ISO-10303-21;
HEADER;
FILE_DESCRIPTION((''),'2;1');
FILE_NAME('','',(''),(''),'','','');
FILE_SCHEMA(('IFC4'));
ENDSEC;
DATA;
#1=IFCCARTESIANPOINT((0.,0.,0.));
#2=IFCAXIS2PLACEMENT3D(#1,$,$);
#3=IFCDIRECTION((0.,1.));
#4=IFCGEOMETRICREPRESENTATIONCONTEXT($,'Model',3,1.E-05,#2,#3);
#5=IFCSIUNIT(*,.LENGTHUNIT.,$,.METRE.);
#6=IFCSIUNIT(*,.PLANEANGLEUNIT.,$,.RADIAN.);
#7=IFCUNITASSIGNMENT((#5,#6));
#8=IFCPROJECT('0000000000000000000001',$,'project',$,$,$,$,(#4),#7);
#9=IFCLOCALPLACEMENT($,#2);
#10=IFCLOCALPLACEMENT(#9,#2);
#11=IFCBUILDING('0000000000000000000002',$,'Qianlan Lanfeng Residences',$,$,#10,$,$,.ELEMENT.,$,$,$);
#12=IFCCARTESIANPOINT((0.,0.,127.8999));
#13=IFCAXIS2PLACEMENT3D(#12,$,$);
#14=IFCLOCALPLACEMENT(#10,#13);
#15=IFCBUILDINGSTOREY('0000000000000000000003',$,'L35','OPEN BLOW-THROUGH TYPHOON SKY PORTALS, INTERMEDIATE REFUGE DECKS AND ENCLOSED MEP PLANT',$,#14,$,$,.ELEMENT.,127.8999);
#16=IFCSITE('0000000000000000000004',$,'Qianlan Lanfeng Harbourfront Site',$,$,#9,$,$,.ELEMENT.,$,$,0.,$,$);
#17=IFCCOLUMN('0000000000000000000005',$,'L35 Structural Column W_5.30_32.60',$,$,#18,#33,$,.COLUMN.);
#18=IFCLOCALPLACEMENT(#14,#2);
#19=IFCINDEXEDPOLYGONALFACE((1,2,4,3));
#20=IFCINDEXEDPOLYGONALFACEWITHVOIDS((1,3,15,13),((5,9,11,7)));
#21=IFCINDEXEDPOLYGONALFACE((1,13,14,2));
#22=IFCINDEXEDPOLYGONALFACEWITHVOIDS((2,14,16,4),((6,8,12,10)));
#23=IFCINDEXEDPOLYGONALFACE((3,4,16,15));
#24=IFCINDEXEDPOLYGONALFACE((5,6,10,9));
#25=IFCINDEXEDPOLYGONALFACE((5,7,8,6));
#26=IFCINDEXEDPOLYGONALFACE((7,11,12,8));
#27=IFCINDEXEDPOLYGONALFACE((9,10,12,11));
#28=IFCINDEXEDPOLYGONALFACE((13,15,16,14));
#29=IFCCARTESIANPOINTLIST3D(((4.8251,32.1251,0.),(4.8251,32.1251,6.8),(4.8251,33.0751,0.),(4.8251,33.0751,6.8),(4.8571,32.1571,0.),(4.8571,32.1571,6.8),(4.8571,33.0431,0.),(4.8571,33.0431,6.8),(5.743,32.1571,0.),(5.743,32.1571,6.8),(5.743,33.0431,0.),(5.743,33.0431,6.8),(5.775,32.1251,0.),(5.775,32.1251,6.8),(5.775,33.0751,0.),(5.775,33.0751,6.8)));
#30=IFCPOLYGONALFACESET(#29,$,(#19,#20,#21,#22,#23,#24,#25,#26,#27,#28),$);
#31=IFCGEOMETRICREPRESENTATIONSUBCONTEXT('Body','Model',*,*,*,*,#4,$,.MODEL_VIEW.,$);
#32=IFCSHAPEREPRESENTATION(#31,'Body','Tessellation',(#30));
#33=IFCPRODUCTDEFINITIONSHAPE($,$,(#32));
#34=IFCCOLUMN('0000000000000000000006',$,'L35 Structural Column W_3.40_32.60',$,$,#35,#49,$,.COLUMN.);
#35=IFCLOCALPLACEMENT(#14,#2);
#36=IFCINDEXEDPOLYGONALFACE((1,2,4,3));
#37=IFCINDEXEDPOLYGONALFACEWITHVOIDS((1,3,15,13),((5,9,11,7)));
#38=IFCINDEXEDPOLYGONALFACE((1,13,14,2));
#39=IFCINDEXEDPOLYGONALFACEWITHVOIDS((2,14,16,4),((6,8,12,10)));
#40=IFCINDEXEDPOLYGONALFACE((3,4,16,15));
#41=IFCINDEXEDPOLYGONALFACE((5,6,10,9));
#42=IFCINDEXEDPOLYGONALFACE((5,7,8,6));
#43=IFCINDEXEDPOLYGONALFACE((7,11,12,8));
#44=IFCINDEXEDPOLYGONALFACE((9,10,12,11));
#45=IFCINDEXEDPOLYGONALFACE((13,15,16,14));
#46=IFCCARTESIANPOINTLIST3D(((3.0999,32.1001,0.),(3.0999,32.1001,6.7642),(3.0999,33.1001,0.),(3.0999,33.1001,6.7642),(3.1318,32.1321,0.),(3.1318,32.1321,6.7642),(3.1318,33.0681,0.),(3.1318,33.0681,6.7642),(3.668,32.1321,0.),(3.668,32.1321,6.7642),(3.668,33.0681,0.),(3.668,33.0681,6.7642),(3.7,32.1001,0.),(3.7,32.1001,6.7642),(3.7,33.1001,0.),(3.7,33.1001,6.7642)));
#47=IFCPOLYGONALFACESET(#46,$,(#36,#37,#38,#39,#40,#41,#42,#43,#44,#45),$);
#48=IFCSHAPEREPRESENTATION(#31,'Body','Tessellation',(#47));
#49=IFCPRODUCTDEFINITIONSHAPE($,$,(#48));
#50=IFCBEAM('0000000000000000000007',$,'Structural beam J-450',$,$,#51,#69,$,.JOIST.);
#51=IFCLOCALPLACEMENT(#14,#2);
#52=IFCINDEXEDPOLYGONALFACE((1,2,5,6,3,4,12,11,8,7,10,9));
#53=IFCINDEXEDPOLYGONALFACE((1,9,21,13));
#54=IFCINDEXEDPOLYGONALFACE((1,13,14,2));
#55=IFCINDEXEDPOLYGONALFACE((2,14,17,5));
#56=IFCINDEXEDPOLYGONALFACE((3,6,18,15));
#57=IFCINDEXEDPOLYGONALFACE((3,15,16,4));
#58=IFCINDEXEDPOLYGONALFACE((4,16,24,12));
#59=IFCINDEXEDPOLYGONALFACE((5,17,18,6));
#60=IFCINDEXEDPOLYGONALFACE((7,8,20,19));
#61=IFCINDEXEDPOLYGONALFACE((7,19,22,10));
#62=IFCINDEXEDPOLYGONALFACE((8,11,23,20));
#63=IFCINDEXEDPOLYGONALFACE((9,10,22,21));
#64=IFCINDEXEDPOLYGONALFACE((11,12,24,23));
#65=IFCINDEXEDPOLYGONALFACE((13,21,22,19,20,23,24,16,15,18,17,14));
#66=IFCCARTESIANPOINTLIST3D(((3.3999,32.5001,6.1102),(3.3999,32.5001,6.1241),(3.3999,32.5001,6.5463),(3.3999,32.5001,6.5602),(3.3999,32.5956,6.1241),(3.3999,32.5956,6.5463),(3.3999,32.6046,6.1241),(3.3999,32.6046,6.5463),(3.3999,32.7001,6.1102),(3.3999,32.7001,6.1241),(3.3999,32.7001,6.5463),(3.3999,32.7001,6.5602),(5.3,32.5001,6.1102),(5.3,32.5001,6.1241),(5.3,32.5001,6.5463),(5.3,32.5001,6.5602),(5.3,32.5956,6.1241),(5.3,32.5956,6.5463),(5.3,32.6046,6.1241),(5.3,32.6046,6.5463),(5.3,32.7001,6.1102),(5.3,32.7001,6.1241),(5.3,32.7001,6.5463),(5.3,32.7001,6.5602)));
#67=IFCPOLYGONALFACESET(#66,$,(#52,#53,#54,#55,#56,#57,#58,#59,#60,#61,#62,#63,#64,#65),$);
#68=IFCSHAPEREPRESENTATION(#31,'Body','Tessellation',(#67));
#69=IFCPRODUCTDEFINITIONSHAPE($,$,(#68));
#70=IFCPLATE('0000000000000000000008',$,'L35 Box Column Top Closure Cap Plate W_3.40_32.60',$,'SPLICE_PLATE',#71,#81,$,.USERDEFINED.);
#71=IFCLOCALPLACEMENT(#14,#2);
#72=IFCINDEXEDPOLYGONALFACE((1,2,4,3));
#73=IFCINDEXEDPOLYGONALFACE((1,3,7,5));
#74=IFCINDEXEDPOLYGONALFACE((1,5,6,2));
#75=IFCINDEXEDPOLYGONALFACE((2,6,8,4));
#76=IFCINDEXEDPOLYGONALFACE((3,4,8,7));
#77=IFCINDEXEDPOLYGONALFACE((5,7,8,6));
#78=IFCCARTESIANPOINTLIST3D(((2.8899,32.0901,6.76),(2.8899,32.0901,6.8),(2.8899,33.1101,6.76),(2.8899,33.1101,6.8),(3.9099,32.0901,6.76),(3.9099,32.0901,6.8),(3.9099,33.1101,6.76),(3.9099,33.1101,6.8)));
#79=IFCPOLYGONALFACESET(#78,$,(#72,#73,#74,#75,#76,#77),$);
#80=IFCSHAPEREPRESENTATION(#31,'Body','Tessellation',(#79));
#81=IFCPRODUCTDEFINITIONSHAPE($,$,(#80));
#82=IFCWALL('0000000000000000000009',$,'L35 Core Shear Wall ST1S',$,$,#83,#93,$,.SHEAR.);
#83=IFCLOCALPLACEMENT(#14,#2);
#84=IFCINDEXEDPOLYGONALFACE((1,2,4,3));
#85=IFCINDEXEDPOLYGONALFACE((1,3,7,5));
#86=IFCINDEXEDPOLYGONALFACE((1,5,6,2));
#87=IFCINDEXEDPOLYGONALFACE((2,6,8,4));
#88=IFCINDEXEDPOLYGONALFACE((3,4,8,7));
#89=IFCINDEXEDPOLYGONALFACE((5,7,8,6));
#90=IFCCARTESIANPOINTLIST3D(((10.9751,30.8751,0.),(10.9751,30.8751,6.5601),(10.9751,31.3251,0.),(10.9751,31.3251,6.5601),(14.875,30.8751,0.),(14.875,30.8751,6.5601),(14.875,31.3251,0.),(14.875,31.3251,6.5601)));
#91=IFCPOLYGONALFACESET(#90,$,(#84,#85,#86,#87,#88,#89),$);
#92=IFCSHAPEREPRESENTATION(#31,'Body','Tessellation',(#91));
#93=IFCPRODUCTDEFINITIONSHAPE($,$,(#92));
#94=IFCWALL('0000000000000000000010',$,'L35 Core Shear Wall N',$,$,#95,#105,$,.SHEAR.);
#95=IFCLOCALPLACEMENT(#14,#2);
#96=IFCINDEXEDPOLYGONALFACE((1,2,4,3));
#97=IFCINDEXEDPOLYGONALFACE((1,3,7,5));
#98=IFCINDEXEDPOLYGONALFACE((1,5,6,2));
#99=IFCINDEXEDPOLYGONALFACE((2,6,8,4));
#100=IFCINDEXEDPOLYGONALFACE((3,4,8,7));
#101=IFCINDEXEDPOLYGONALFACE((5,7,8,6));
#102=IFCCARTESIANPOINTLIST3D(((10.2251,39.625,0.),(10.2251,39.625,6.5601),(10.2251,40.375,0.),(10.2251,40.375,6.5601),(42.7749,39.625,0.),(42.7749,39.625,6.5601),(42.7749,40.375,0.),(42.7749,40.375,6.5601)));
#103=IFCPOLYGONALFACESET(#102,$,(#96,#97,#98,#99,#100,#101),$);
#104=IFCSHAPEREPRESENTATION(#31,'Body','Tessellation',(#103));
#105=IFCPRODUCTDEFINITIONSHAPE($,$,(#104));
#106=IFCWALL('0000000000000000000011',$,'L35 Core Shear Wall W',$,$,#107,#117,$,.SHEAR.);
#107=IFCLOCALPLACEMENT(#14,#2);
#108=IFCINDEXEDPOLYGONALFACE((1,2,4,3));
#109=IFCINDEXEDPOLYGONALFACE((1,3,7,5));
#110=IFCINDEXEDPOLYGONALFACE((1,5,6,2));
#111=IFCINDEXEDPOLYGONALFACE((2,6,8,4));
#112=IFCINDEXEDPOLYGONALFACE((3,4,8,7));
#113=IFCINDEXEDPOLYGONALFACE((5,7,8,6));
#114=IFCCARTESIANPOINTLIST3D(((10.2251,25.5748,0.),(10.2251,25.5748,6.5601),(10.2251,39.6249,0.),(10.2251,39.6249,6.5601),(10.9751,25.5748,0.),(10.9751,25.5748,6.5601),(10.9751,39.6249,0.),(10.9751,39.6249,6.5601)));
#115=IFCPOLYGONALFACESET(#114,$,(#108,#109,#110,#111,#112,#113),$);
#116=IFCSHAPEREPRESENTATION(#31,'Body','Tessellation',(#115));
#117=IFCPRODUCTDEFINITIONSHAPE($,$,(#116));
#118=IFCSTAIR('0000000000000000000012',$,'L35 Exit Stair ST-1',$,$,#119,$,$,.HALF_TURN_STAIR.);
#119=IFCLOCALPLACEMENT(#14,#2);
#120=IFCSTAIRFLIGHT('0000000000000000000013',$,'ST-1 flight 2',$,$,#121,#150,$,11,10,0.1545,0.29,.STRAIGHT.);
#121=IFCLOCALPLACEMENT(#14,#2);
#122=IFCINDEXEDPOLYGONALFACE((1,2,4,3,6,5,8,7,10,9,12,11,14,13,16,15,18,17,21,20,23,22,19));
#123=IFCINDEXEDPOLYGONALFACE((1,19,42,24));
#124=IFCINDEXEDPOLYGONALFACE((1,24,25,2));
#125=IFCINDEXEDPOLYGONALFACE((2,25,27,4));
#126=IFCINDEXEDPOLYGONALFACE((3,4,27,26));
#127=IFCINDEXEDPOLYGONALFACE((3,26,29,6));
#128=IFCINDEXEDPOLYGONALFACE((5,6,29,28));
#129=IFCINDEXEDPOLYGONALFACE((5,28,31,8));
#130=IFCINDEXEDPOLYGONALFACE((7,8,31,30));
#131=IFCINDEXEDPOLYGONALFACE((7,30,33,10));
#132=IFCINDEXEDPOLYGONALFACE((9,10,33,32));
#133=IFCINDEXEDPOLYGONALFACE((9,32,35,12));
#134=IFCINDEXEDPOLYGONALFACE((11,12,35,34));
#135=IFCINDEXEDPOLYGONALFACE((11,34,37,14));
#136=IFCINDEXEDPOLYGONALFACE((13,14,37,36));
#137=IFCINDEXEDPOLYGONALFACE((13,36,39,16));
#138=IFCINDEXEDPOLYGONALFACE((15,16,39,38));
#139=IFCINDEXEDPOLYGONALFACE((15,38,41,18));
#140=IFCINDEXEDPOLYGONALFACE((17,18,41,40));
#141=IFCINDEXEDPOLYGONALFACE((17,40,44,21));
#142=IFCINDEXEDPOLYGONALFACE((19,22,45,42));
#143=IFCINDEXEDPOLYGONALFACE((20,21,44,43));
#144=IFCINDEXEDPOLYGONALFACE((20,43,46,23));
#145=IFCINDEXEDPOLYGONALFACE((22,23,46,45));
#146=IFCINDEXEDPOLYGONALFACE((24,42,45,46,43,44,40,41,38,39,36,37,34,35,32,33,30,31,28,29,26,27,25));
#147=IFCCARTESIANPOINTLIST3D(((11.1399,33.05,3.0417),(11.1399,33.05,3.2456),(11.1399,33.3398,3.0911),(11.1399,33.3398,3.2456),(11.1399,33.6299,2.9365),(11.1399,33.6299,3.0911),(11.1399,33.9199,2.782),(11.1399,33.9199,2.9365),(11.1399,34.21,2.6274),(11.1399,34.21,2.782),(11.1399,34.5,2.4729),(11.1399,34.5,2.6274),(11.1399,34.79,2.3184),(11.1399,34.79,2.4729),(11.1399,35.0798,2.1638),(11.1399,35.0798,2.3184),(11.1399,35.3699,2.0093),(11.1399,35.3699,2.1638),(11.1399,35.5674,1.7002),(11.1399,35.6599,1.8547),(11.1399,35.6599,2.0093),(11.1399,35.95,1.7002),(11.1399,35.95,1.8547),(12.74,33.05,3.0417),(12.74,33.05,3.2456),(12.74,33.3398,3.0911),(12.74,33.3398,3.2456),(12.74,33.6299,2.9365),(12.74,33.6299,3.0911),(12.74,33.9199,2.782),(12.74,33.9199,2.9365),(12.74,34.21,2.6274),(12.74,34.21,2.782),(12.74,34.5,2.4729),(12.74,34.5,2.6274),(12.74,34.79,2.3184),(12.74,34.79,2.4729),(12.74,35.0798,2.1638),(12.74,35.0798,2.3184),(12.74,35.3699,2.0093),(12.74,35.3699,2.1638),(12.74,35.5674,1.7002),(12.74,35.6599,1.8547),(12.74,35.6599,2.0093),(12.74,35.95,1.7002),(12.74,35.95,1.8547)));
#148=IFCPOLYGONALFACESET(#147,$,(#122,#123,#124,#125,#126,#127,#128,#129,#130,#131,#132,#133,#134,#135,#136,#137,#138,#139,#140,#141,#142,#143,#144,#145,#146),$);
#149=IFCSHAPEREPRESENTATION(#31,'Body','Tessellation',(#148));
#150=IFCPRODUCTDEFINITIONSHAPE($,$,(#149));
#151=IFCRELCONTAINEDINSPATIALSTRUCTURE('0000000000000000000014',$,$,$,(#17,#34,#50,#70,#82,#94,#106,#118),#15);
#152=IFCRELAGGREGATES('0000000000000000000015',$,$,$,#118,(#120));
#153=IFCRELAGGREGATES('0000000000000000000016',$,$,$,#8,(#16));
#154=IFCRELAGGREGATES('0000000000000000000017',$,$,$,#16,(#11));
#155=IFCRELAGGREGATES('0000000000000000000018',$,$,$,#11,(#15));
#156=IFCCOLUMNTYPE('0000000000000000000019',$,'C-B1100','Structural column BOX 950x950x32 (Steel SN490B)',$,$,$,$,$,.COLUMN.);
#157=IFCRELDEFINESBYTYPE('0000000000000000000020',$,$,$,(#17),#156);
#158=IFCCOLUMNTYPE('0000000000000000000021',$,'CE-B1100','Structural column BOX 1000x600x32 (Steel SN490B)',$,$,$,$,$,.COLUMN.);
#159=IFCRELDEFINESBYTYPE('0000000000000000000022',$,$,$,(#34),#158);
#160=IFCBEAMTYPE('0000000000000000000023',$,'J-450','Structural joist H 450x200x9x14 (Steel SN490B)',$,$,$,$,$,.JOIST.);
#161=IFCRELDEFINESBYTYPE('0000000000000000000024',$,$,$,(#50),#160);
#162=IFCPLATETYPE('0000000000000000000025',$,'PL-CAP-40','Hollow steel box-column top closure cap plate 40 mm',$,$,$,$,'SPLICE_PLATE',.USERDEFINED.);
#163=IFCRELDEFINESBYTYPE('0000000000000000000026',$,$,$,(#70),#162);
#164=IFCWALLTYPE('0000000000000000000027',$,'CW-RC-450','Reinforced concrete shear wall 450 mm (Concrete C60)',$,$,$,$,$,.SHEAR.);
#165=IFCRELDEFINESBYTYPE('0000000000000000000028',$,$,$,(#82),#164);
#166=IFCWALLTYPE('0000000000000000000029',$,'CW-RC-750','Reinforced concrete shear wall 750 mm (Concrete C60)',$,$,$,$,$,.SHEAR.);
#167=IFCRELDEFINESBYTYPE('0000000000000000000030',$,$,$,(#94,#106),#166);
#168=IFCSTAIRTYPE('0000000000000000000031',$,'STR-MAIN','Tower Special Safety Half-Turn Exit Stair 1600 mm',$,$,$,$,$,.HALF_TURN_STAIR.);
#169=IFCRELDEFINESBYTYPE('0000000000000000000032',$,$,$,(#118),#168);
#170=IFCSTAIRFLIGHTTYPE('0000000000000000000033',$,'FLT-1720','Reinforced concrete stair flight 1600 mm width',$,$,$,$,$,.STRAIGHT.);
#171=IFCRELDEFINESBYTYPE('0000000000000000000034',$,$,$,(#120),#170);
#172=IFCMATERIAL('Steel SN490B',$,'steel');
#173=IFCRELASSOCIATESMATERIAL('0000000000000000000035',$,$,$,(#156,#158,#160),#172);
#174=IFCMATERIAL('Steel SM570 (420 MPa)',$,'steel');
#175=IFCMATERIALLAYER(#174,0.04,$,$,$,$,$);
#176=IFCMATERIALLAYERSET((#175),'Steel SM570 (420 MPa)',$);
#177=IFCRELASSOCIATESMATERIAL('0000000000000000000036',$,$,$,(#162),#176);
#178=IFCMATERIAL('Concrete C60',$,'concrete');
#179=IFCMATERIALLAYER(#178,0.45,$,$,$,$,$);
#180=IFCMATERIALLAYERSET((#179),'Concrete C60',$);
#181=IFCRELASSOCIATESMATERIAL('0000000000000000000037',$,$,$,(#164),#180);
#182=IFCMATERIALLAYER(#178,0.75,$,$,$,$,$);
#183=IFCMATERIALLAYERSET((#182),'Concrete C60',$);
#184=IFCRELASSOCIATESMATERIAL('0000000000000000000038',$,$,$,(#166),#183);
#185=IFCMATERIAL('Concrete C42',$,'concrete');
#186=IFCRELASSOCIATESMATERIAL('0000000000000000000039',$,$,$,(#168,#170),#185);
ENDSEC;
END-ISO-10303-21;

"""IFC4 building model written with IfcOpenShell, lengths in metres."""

from ifc_helpers import new_model, si_unit, direction, frame, frame_2d, origin, origin_2d, place, context, subcontext, project, spatial, polyline, rectangle, hollow_rectangle, i_section, outline, extrude, source, transform, mapped, material, layer, layer_set, material_profile, profile_set, type_object, element, aggregate, save


model = new_model("IFC4")

# Units and contexts
model_context = context("Model", 3, precision=1e-05, world=origin(), true_north=direction((0.0, 1.0)))
body_context = subcontext(model_context, "Body", "Model", "MODEL_VIEW")
ifc_project = project(units=[si_unit("LENGTHUNIT", "METRE"), si_unit("PLANEANGLEUNIT", "RADIAN")], contexts=[model_context])

# Site, building, storey
site_placement = place(None, origin())
site = spatial("IfcSite", under=ifc_project, at=site_placement, Name="Qianlan Lanfeng Harbourfront Site", CompositionType="ELEMENT", RefElevation=0.0)
building_placement = place(site_placement, origin())
building = spatial("IfcBuilding", under=site, at=building_placement, Name="Qianlan Lanfeng Residences", CompositionType="ELEMENT")
storey_placement = place(building_placement, frame((0.0, 0.0, 127.8999)))
storey = spatial("IfcBuildingStorey", under=building, at=storey_placement, Name="L35", Description="OPEN BLOW-THROUGH TYPHOON SKY PORTALS, INTERMEDIATE REFUGE DECKS AND ENCLOSED MEP PLANT", CompositionType="ELEMENT", Elevation=127.8999)

# Columns
ifc_material_1 = material(Name="Steel SN490B", Category="steel")
ifc_material_profile_1 = material_profile(ifc_material_1, hollow_rectangle(XDim=0.95, YDim=0.95, WallThickness=0.032, at=origin_2d()), Name="BOX 950x950x32")
ifc_profile_set_1 = profile_set([ifc_material_profile_1], Name="Steel SN490B")
column_type_1 = type_object("IfcColumnType", Name="C-B1100", Description="Structural column BOX 950x950x32 (Steel SN490B)", PredefinedType="COLUMN", material=ifc_profile_set_1)
column_1_placement = place(storey_placement, frame((5.3, 32.6001, 0.0), z_axis=(0.0, 0.0, 1.0), x_axis=(1.0, 0.0, 0.0)))
element("IfcColumn", 1, at=column_1_placement, inside=storey, type_object=column_type_1, Name="L35 Structural Column W_5.30_32.60", PredefinedType="COLUMN", context=body_context, shape_type="SweptSolid", body=[
    extrude(hollow_rectangle(XDim=0.95, YDim=0.95, WallThickness=0.032, at=origin_2d()), origin(), (0.0, 0.0, 1.0), 6.8),
])
ifc_material_profile_2 = material_profile(ifc_material_1, hollow_rectangle(XDim=0.6001, YDim=1.0, WallThickness=0.032, at=origin_2d()), Name="BOX 1000x600x32")
ifc_profile_set_2 = profile_set([ifc_material_profile_2], Name="Steel SN490B")
column_type_2 = type_object("IfcColumnType", Name="CE-B1100", Description="Structural column BOX 1000x600x32 (Steel SN490B)", PredefinedType="COLUMN", material=ifc_profile_set_2)
column_2_placement = place(storey_placement, frame((3.3999, 32.6001, 0.0), z_axis=(0.0, 0.0, 1.0), x_axis=(1.0, 0.0, 0.0)))
element("IfcColumn", 2, at=column_2_placement, inside=storey, type_object=column_type_2, Name="L35 Structural Column W_3.40_32.60", PredefinedType="COLUMN", context=body_context, shape_type="SweptSolid", body=[
    extrude(hollow_rectangle(XDim=0.6001, YDim=1.0, WallThickness=0.032, at=origin_2d()), origin(), (0.0, 0.0, 1.0), 6.7642),
])

# Beam
ifc_material_profile_3 = material_profile(ifc_material_1, i_section(OverallWidth=0.2, OverallDepth=0.45, WebThickness=0.009, FlangeThickness=0.0139, at=origin_2d()), Name="H 450x200x9x14")
ifc_profile_set_3 = profile_set([ifc_material_profile_3], Name="Steel SN490B")
beam_type = type_object("IfcBeamType", Name="J-450", Description="Structural joist H 450x200x9x14 (Steel SN490B)", PredefinedType="JOIST", material=ifc_profile_set_3)
beam_placement = place(storey_placement, frame((3.3999, 32.6001, 6.3352), z_axis=(1.0, 0.0, 0.0), x_axis=(0.0, 1.0, 0.0)))
element("IfcBeam", 3, at=beam_placement, inside=storey, type_object=beam_type, Name="Structural beam J-450", PredefinedType="JOIST", context=body_context, shape_type="SweptSolid", body=[
    extrude(i_section(OverallWidth=0.2, OverallDepth=0.45, WebThickness=0.009, FlangeThickness=0.0139, at=origin_2d()), origin(), (0.0, 0.0, 1.0), 1.9001),
])

# Plate
ifc_material_2 = material(Name="Steel SM570 (420 MPa)", Category="steel")
ifc_layer_1 = layer(ifc_material_2, 0.04)
ifc_layer_set_1 = layer_set([ifc_layer_1], Name="Steel SM570 (420 MPa)")
plate_type = type_object("IfcPlateType", Name="PL-CAP-40", Description="Hollow steel box-column top closure cap plate 40 mm", ElementType="SPLICE_PLATE", PredefinedType="USERDEFINED", material=ifc_layer_set_1)
shared_shape = source(origin(), body_context, "Body", "SweptSolid", [
    extrude(rectangle(XDim=1.02, YDim=1.02, at=origin_2d()), origin(), (0.0, 0.0, 1.0), 0.04),
])
plate_placement = place(storey_placement, frame((3.3999, 32.6001, 6.76), z_axis=(0.0, 0.0, 1.0), x_axis=(1.0, 0.0, 0.0)))
element("IfcPlate", 4, at=plate_placement, inside=storey, type_object=plate_type, Name="L35 Box Column Top Closure Cap Plate W_3.40_32.60", ObjectType="SPLICE_PLATE", PredefinedType="USERDEFINED", context=body_context, shape_type="MappedRepresentation", body=[
    mapped(shared_shape, transform((0.0, 0.0, 0.0), scale=1.0)),
])

# Walls
ifc_material_3 = material(Name="Concrete C60", Category="concrete")
ifc_layer_2 = layer(ifc_material_3, 0.45)
ifc_layer_set_2 = layer_set([ifc_layer_2], Name="Concrete C60")
wall_type_1 = type_object("IfcWallType", Name="CW-RC-450", Description="Reinforced concrete shear wall 450 mm (Concrete C60)", PredefinedType="SHEAR", material=ifc_layer_set_2)
wall_1_placement = place(storey_placement, frame((10.9751, 31.1001, 0.0), z_axis=(0.0, 0.0, 1.0), x_axis=(1.0, 0.0, 0.0)))
element("IfcWall", 5, at=wall_1_placement, inside=storey, type_object=wall_type_1, Name="L35 Core Shear Wall ST1S", PredefinedType="SHEAR", context=body_context, shape_type="SweptSolid", body=[
    extrude(rectangle(XDim=3.8999, YDim=0.45, at=frame_2d((1.95, 0.0))), origin(), (0.0, 0.0, 1.0), 6.5601),
])
ifc_layer_3 = layer(ifc_material_3, 0.75)
ifc_layer_set_3 = layer_set([ifc_layer_3], Name="Concrete C60")
wall_type_2 = type_object("IfcWallType", Name="CW-RC-750", Description="Reinforced concrete shear wall 750 mm (Concrete C60)", PredefinedType="SHEAR", material=ifc_layer_set_3)
wall_2_placement = place(storey_placement, frame((10.2251, 40.0, 0.0), z_axis=(0.0, 0.0, 1.0), x_axis=(1.0, 0.0, 0.0)))
element("IfcWall", 6, at=wall_2_placement, inside=storey, type_object=wall_type_2, Name="L35 Core Shear Wall N", PredefinedType="SHEAR", context=body_context, shape_type="SweptSolid", body=[
    extrude(rectangle(XDim=32.5498, YDim=0.75, at=frame_2d((16.2749, 0.0))), origin(), (0.0, 0.0, 1.0), 6.5601),
])
wall_3_placement = place(storey_placement, frame((10.6001, 25.575, 0.0), z_axis=(0.0, 0.0, 1.0), x_axis=(0.0, 1.0, 0.0)))
element("IfcWall", 7, at=wall_3_placement, inside=storey, type_object=wall_type_2, Name="L35 Core Shear Wall W", PredefinedType="SHEAR", context=body_context, shape_type="SweptSolid", body=[
    extrude(rectangle(XDim=14.05, YDim=0.75, at=frame_2d((7.0249, 0.0))), origin(), (0.0, 0.0, 1.0), 6.5601),
])

# Stair, stair flight
ifc_material_4 = material(Name="Concrete C42", Category="concrete")
stair_type = type_object("IfcStairType", Name="STR-MAIN", Description="Tower Special Safety Half-Turn Exit Stair 1600 mm", PredefinedType="HALF_TURN_STAIR", material=ifc_material_4)
stair_placement = place(storey_placement, origin())
stair = element("IfcStair", 8, at=stair_placement, inside=storey, type_object=stair_type, Name="L35 Exit Stair ST-1", PredefinedType="HALF_TURN_STAIR")
stair_flight_type = type_object("IfcStairFlightType", Name="FLT-1720", Description="Reinforced concrete stair flight 1600 mm width", PredefinedType="STRAIGHT", material=ifc_material_4)
stair_flight_1_placement = place(storey_placement, frame((11.9399, 35.95, 1.7002), z_axis=(0.0, 0.0, 1.0), x_axis=(0.0, -1.0, 0.0)))
stair_flight_1 = element("IfcStairFlight", 9, at=stair_flight_1_placement, type_object=stair_flight_type, Name="ST-1 flight 2", NumberOfRisers=11, NumberOfTreads=10, PredefinedType="STRAIGHT", RiserHeight=0.1545, TreadLength=0.29, context=body_context, shape_type="SweptSolid", body=[
    extrude(outline(polyline([(0.0, 0.0), (0.0, 0.1545), (0.29, 0.1545), (0.29, 0.3091), (0.5801, 0.3091), (0.5801, 0.4636), (0.8701, 0.4636), (0.8701, 0.6182), (1.1599, 0.6182), (1.1599, 0.7727), (1.45, 0.7727), (1.45, 0.9272), (1.74, 0.9272), (1.74, 1.0818), (2.03, 1.0818), (2.03, 1.2363), (2.3201, 1.2363), (2.3201, 1.3909), (2.6101, 1.3909), (2.6101, 1.5454), (2.8999, 1.5454), (2.8999, 1.7), (2.8999, 1.3416), (0.3826, 0.0), (0.0, 0.0)])), frame((0.0, 0.8, 0.0), z_axis=(0.0, -1.0, 0.0), x_axis=(1.0, 0.0, 0.0)), (0.0, 0.0, 1.0), 1.6001),
])
aggregate(stair, [stair_flight_1])

save(model, "model.ifc")
